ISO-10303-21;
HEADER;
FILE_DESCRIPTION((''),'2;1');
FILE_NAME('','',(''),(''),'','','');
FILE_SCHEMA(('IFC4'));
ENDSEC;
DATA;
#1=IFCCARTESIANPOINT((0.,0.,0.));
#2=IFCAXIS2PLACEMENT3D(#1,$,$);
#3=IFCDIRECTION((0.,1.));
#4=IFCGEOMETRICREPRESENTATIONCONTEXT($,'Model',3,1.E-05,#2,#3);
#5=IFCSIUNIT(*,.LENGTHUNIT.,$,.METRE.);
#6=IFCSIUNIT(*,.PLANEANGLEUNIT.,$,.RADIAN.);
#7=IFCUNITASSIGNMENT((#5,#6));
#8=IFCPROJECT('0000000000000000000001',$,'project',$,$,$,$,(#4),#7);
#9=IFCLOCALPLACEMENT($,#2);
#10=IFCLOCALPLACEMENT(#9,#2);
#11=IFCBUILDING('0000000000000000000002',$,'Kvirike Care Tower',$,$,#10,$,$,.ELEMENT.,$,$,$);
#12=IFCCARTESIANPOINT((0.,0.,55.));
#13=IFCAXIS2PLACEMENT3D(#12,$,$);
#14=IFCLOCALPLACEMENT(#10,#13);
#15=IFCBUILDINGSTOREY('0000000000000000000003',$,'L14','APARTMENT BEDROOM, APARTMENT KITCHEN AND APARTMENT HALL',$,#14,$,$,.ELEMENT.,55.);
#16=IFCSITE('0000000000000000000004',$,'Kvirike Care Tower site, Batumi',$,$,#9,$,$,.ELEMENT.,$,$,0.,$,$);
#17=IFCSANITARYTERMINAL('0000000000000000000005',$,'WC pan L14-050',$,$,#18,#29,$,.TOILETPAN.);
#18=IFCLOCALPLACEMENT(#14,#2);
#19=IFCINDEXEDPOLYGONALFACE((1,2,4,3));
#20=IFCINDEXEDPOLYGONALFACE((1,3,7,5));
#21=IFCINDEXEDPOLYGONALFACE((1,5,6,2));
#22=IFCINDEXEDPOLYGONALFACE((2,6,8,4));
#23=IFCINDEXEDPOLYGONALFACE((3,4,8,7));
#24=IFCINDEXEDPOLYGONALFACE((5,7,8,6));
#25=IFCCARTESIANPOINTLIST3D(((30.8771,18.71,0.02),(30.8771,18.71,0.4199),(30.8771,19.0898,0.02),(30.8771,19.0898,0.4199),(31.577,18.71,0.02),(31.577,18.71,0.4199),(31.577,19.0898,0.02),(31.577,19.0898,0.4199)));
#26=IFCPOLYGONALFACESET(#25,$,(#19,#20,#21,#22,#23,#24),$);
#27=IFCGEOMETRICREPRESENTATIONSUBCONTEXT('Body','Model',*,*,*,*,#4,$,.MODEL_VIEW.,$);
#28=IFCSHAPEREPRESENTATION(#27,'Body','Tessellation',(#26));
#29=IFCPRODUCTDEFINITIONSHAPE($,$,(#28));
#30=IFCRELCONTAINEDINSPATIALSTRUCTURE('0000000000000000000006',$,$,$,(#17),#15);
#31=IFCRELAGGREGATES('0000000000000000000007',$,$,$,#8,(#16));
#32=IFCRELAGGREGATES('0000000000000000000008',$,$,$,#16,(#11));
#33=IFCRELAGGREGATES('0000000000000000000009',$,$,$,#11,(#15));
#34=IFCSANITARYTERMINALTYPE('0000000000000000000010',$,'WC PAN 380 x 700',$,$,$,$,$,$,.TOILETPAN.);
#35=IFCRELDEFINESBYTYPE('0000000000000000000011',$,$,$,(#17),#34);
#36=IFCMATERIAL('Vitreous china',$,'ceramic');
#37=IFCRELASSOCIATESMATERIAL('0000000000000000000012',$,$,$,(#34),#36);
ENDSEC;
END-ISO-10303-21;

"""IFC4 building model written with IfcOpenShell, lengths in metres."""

from ifc_helpers import new_model, si_unit, direction, frame, origin, origin_2d, place, context, subcontext, project, spatial, rectangle, extrude, material, type_object, element, save


model = new_model("IFC4")

# Units and contexts
model_context = context("Model", 3, precision=1e-05, world=origin(), true_north=direction((0.0, 1.0)))
body_context = subcontext(model_context, "Body", "Model", "MODEL_VIEW")
ifc_project = project(units=[si_unit("LENGTHUNIT", "METRE"), si_unit("PLANEANGLEUNIT", "RADIAN")], contexts=[model_context])

# Site, building, storey
site_placement = place(None, origin())
site = spatial("IfcSite", under=ifc_project, at=site_placement, Name="Kvirike Care Tower site, Batumi", CompositionType="ELEMENT", RefElevation=0.0)
building_placement = place(site_placement, origin())
building = spatial("IfcBuilding", under=site, at=building_placement, Name="Kvirike Care Tower", CompositionType="ELEMENT")
storey_placement = place(building_placement, frame((0.0, 0.0, 55.0)))
storey = spatial("IfcBuildingStorey", under=building, at=storey_placement, Name="L14", Description="APARTMENT BEDROOM, APARTMENT KITCHEN AND APARTMENT HALL", CompositionType="ELEMENT", Elevation=55.0)

# Sanitary terminal
ifc_material_1 = material(Name="Vitreous china", Category="ceramic")
sanitary_terminal_type_1 = type_object("IfcSanitaryTerminalType", Name="WC PAN 380 x 700", PredefinedType="TOILETPAN", material=ifc_material_1)
sanitary_terminal_1_placement = place(storey_placement, frame((31.2271, 18.8999, 0.02), z_axis=(0.0, 0.0, 1.0), x_axis=(0.0, 1.0, 0.0)))
element("IfcSanitaryTerminal", 1, at=sanitary_terminal_1_placement, inside=storey, type_object=sanitary_terminal_type_1, Name="WC pan L14-050", PredefinedType="TOILETPAN", context=body_context, shape_type="SweptSolid", body=[
    extrude(rectangle(XDim=0.3799, YDim=0.7, at=origin_2d()), origin(), (0.0, 0.0, 1.0), 0.3999),
])

save(model, "model.ifc")
